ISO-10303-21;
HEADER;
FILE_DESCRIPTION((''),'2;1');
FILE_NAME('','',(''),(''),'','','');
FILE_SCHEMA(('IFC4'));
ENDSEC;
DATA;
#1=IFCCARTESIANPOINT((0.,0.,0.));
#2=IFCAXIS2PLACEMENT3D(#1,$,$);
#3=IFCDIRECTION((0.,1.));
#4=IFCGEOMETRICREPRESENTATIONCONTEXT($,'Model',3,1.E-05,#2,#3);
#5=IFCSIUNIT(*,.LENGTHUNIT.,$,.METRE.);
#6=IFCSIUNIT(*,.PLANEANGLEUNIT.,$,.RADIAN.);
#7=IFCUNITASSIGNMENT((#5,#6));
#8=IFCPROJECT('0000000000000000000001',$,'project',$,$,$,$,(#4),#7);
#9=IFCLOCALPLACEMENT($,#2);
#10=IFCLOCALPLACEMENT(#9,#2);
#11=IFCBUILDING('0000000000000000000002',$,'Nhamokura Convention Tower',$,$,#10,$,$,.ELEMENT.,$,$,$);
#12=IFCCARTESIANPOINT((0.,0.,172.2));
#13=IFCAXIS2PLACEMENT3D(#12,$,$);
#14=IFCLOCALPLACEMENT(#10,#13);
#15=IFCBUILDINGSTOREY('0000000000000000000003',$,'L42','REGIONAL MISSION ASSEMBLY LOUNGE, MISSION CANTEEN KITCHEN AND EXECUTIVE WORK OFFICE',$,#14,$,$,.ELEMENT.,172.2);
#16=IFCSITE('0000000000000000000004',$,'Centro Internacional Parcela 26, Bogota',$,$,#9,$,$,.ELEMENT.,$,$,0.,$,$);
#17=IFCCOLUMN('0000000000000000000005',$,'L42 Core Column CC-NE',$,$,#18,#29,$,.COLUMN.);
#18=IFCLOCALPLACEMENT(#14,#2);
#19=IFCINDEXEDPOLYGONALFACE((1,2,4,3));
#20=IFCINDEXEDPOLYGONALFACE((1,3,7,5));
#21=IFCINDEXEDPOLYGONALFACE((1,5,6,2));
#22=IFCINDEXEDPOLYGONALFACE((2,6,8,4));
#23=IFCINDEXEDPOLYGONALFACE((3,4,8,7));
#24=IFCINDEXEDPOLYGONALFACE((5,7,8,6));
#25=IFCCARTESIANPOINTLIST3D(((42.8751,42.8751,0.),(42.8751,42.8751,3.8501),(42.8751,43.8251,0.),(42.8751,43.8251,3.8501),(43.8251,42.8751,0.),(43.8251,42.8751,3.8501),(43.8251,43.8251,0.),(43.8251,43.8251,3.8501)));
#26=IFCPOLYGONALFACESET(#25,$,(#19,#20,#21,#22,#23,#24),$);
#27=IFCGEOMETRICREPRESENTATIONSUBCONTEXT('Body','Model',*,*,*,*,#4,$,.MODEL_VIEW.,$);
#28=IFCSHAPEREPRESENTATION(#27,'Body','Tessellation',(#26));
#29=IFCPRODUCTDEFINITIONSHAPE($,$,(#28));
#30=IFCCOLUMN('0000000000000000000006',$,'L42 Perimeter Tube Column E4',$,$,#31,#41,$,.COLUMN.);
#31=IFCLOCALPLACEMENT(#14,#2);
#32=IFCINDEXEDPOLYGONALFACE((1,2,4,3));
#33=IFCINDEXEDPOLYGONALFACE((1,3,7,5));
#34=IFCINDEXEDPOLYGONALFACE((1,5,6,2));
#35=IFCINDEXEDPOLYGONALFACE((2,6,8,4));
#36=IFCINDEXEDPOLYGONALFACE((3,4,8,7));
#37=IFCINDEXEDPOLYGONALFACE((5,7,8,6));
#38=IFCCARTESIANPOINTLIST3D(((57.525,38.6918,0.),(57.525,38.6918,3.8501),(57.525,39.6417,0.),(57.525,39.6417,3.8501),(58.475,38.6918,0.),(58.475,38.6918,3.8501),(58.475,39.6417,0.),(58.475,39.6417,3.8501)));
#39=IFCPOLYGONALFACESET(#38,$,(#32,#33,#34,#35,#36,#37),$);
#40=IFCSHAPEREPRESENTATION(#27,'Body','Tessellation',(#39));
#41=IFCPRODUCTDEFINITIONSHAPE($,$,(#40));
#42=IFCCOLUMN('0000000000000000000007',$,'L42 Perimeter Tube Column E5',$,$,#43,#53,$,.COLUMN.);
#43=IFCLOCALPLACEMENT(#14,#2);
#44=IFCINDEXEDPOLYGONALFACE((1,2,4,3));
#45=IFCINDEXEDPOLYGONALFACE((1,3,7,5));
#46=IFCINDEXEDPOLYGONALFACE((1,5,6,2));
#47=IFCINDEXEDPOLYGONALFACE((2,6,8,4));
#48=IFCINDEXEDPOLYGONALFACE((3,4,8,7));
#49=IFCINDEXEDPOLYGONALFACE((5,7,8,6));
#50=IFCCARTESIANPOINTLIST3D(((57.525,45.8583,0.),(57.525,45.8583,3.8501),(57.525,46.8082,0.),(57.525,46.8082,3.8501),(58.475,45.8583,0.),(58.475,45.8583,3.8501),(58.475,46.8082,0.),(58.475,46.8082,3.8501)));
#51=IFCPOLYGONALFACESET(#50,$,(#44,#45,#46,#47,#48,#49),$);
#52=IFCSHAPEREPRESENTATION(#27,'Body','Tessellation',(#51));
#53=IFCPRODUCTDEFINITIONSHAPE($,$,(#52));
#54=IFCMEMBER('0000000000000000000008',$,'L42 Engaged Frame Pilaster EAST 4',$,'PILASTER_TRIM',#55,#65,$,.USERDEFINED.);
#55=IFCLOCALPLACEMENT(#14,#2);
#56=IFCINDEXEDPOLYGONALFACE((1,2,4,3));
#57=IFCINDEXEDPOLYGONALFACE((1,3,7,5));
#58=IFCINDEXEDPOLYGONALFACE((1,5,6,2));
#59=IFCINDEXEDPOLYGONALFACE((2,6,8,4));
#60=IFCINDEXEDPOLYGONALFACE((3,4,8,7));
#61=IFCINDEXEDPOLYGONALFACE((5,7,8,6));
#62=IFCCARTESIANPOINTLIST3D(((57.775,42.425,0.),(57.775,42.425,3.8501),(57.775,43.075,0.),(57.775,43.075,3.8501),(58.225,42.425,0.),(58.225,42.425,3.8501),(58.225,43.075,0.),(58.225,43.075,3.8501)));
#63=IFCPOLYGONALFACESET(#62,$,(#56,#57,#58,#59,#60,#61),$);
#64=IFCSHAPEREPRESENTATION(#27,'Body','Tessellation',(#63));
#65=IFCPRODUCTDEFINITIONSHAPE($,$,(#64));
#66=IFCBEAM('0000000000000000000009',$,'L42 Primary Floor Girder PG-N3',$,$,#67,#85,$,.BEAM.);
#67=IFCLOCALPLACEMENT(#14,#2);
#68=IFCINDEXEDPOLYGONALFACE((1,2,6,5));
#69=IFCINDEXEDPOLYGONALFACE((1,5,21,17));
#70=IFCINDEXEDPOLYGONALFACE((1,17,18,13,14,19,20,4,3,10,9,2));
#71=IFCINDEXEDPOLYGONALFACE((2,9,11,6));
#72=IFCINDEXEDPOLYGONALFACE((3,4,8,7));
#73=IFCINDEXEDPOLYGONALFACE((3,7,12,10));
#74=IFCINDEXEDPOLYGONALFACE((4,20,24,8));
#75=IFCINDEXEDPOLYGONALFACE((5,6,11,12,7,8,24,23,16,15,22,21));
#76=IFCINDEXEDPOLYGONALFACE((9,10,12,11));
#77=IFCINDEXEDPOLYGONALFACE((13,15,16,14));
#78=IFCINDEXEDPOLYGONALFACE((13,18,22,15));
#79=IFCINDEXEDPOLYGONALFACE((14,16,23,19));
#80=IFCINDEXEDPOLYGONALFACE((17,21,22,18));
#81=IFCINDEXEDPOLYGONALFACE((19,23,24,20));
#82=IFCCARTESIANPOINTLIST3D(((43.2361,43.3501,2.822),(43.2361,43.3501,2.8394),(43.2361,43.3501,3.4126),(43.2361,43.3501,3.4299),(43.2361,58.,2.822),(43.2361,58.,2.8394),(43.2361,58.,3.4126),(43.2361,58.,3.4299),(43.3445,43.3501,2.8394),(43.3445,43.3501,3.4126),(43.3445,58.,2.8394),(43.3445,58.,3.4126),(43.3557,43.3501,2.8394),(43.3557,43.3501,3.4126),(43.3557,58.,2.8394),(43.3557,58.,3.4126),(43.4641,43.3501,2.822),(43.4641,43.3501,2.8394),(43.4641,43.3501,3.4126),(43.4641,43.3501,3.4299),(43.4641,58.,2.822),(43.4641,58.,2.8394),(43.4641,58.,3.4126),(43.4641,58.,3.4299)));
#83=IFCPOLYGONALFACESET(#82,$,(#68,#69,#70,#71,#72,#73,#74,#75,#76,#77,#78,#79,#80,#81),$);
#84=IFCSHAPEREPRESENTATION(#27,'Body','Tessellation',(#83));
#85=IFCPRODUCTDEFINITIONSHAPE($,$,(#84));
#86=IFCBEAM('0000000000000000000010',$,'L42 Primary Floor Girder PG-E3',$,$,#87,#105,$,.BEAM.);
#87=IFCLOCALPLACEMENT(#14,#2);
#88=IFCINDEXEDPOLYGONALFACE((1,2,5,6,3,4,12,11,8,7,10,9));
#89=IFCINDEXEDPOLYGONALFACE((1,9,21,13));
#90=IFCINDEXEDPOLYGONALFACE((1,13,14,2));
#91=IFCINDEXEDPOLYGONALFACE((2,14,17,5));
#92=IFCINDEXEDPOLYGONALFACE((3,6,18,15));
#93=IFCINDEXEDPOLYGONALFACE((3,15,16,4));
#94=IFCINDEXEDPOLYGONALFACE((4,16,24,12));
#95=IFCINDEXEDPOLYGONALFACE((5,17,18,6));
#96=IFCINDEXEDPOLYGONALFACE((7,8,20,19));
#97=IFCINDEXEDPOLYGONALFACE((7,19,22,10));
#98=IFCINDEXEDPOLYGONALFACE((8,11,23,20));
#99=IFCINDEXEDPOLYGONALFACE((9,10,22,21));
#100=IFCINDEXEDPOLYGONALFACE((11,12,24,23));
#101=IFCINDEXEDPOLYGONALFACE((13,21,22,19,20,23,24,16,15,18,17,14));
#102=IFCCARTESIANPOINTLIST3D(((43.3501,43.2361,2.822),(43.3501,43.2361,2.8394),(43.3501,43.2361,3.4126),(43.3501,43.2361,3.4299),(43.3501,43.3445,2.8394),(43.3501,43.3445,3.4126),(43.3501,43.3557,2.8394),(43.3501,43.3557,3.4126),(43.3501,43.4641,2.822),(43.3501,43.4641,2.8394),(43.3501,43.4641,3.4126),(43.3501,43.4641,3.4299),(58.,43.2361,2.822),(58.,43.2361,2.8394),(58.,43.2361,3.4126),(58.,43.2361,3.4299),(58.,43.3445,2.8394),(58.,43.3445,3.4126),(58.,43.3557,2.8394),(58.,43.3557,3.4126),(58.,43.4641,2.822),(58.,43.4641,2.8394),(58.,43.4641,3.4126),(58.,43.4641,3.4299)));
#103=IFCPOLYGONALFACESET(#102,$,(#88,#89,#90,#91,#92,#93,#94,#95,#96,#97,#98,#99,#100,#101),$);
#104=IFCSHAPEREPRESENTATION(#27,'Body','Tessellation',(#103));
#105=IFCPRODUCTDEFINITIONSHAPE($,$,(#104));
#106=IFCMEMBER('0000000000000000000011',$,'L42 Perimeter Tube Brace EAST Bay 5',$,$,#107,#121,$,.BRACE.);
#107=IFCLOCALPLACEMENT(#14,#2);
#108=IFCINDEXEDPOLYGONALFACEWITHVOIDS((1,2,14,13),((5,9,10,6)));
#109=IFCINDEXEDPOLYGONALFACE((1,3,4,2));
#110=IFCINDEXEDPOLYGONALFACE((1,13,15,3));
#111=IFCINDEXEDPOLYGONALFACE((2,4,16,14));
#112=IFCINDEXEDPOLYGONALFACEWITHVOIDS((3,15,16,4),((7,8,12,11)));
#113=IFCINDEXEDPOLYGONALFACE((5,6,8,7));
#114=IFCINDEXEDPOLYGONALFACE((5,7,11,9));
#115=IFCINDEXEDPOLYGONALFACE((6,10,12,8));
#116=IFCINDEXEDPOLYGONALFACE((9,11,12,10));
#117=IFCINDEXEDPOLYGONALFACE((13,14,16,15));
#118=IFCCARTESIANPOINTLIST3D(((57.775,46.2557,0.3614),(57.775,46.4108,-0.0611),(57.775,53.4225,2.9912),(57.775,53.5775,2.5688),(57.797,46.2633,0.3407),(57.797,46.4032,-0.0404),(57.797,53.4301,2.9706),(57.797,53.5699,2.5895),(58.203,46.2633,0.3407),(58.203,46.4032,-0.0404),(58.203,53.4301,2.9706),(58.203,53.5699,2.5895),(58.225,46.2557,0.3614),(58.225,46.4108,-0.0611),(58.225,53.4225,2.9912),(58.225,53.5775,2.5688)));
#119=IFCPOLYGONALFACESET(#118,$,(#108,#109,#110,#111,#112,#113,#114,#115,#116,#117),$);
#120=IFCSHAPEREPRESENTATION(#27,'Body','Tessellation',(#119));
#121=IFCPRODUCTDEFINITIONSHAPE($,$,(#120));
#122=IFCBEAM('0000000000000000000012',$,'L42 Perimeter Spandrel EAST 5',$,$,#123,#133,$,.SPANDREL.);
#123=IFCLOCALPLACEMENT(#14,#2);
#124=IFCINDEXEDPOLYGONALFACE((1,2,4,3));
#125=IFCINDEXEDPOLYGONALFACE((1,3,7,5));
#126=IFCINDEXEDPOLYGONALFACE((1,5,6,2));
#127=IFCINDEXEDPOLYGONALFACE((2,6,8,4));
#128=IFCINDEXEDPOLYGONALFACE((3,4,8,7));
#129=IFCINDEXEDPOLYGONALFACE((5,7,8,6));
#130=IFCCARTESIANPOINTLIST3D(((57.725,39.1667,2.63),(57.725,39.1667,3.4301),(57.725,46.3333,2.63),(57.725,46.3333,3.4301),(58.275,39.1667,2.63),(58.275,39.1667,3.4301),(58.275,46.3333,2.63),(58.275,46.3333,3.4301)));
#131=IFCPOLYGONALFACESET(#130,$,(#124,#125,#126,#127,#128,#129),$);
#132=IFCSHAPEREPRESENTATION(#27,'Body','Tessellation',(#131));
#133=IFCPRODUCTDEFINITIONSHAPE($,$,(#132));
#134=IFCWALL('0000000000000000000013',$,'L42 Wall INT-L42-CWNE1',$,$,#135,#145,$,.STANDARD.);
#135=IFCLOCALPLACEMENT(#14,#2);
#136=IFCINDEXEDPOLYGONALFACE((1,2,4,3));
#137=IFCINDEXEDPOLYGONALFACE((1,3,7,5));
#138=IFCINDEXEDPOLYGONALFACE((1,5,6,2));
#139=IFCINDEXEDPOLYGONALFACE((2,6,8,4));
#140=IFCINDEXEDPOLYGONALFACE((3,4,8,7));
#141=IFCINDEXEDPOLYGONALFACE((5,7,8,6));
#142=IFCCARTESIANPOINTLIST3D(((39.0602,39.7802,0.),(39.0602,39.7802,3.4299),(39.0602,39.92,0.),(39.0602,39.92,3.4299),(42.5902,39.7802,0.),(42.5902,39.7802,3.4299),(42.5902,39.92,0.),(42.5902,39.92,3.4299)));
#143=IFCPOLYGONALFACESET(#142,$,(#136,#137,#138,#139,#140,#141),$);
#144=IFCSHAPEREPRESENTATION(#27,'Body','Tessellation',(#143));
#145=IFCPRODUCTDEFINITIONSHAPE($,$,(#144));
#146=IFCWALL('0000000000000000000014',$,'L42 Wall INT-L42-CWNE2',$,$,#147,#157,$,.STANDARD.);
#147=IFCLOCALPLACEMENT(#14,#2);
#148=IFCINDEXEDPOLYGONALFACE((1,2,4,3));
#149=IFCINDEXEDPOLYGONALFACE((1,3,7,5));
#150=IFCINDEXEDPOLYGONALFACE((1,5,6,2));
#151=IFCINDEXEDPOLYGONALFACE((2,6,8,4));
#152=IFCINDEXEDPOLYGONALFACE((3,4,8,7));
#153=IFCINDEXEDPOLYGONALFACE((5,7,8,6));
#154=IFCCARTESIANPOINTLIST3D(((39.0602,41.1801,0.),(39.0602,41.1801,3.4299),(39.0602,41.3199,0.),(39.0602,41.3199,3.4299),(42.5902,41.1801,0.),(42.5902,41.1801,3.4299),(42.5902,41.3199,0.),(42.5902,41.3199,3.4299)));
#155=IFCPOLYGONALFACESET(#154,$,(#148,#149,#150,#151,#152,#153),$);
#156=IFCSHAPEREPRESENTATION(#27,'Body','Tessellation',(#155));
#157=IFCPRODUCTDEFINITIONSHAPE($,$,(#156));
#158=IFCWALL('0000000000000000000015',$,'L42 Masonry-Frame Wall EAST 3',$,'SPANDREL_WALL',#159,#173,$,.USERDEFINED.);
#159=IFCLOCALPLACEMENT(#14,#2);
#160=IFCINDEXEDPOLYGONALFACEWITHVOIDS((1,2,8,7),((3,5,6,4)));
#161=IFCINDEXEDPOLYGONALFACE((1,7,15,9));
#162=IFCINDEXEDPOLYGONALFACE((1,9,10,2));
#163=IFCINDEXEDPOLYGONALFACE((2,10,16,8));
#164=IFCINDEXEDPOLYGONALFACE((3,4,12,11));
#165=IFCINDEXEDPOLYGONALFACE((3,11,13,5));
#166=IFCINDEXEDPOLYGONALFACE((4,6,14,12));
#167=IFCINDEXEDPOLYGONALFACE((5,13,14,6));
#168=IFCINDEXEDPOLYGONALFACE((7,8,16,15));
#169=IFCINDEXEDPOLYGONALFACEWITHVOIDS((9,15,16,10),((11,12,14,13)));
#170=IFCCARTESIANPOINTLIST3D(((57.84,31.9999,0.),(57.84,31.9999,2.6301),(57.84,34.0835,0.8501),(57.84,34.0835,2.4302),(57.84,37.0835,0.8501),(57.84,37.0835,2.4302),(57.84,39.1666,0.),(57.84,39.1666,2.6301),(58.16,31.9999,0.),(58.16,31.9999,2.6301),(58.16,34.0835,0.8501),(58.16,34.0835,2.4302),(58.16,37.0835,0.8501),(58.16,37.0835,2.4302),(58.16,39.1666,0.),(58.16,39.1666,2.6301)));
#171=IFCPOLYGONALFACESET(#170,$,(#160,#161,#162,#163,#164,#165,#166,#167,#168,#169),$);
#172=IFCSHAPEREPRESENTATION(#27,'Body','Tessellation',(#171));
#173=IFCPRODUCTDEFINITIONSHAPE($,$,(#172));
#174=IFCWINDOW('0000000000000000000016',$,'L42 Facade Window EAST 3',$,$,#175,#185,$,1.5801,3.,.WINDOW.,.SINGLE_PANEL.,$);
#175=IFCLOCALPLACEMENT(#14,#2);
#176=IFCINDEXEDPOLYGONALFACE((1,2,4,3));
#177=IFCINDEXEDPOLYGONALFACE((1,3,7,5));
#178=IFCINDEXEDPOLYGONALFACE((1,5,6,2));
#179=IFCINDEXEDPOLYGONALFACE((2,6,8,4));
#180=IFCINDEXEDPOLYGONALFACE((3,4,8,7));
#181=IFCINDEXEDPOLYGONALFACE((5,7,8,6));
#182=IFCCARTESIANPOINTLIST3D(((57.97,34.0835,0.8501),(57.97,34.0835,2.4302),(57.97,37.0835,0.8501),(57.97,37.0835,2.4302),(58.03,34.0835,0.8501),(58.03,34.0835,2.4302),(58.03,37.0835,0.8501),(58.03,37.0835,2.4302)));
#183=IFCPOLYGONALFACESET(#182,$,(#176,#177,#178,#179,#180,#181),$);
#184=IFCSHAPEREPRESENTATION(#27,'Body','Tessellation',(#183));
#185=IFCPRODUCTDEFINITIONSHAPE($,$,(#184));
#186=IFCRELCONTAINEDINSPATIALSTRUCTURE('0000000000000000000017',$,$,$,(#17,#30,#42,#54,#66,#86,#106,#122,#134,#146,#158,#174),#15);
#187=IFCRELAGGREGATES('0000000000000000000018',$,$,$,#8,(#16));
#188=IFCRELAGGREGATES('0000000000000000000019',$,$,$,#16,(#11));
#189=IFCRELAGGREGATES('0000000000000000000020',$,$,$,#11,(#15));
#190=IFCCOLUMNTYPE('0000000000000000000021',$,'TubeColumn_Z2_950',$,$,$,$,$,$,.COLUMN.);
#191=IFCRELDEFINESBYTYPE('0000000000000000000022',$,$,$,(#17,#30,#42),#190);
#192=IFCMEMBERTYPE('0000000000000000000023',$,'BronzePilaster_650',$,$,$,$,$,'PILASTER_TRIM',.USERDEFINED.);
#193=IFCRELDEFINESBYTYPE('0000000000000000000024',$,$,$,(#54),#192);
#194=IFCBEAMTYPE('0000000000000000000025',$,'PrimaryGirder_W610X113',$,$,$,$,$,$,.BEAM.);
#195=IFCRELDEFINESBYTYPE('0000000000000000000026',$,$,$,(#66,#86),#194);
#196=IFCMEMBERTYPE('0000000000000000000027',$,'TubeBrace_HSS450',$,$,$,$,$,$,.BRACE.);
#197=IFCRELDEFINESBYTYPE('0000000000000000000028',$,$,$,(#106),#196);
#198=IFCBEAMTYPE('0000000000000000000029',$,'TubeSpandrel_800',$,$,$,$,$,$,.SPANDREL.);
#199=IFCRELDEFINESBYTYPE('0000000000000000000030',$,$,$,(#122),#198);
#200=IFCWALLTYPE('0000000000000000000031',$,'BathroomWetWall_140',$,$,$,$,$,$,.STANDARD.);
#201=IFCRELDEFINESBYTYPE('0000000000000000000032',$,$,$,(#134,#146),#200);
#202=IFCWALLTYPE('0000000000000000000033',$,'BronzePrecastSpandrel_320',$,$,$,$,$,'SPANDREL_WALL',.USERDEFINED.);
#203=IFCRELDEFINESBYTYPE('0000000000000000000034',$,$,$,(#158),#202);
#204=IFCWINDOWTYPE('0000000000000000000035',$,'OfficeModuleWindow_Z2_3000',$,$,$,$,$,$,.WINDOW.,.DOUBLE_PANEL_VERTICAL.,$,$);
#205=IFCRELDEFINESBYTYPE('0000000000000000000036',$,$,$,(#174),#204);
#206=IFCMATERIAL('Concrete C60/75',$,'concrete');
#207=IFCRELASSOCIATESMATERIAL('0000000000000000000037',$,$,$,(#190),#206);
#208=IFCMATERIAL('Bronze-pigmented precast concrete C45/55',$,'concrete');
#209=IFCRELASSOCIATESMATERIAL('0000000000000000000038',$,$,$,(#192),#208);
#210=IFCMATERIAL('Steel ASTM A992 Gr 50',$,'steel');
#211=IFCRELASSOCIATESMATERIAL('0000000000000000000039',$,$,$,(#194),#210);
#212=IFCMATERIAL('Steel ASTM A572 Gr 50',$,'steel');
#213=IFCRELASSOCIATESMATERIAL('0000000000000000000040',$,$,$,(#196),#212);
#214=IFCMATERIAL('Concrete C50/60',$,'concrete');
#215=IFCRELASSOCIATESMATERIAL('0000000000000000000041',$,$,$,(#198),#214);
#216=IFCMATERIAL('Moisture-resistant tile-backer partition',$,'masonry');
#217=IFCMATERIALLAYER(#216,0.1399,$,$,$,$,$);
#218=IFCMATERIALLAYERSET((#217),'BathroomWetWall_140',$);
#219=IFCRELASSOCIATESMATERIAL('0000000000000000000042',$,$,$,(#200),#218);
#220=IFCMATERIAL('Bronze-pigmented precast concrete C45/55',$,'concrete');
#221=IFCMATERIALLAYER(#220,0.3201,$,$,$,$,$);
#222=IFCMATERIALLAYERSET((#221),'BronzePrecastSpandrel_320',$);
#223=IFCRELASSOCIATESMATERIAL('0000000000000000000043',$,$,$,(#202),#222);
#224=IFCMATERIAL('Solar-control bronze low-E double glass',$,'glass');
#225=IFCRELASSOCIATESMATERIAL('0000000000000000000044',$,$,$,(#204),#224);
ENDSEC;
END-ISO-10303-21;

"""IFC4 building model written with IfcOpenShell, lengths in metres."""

from ifc_helpers import new_model, si_unit, direction, frame, frame_2d, origin, origin_2d, place, context, subcontext, project, spatial, rectangle, hollow_rectangle, i_section, extrude, material, layer, layer_set, material_profile, profile_set, type_object, element, fill, save


model = new_model("IFC4")

# Units and contexts
model_context = context("Model", 3, precision=1e-05, world=origin(), true_north=direction((0.0, 1.0)))
body_context = subcontext(model_context, "Body", "Model", "MODEL_VIEW")
ifc_project = project(units=[si_unit("LENGTHUNIT", "METRE"), si_unit("PLANEANGLEUNIT", "RADIAN")], contexts=[model_context])

# Site, building, storey
site_placement = place(None, origin())
site = spatial("IfcSite", under=ifc_project, at=site_placement, Name="Centro Internacional Parcela 26, Bogota", CompositionType="ELEMENT", RefElevation=0.0)
building_placement = place(site_placement, origin())
building = spatial("IfcBuilding", under=site, at=building_placement, Name="Nhamokura Convention Tower", CompositionType="ELEMENT")
storey_placement = place(building_placement, frame((0.0, 0.0, 172.2)))
storey = spatial("IfcBuildingStorey", under=building, at=storey_placement, Name="L42", Description="REGIONAL MISSION ASSEMBLY LOUNGE, MISSION CANTEEN KITCHEN AND EXECUTIVE WORK OFFICE", CompositionType="ELEMENT", Elevation=172.2)

# Columns
ifc_material_1 = material(Name="Concrete C60/75", Category="concrete")
ifc_material_profile_1 = material_profile(ifc_material_1, rectangle(XDim=0.95, YDim=0.95, at=origin_2d()))
ifc_profile_set_1 = profile_set([ifc_material_profile_1], Name="Concrete C60/75")
column_type = type_object("IfcColumnType", Name="TubeColumn_Z2_950", PredefinedType="COLUMN", material=ifc_profile_set_1)
for number, where, z_axis, x_axis, name in (
    (1, (43.3501, 43.3501, 0.0), (0.0, 0.0, 1.0), (1.0, 0.0, 0.0), "L42 Core Column CC-NE"),
    (2, (58.0, 39.1667, 0.0), (0.0, 0.0, 1.0), (1.0, 0.0, 0.0), "L42 Perimeter Tube Column E4"),
    (3, (58.0, 46.3333, 0.0), (0.0, 0.0, 1.0), (1.0, 0.0, 0.0), "L42 Perimeter Tube Column E5"),
):
    element("IfcColumn", number, at=place(storey_placement, frame(where, z_axis=z_axis, x_axis=x_axis)), inside=storey, type_object=column_type, Name=name, PredefinedType="COLUMN", context=body_context, shape_type="SweptSolid", body=[
        extrude(rectangle(XDim=0.95, YDim=0.95, at=origin_2d()), origin(), (0.0, 0.0, 1.0), 3.8501),
    ])

# Member
ifc_material_2 = material(Name="Bronze-pigmented precast concrete C45/55", Category="concrete")
ifc_material_profile_2 = material_profile(ifc_material_2, rectangle(XDim=0.45, YDim=0.6499, at=origin_2d()))
ifc_profile_set_2 = profile_set([ifc_material_profile_2], Name="Bronze-pigmented precast concrete C45/55")
member_type_1 = type_object("IfcMemberType", Name="BronzePilaster_650", ElementType="PILASTER_TRIM", PredefinedType="USERDEFINED", material=ifc_profile_set_2)
member_1_placement = place(storey_placement, frame((58.0, 42.75, 0.0), z_axis=(0.0, 0.0, 1.0), x_axis=(1.0, 0.0, 0.0)))
element("IfcMember", 4, at=member_1_placement, inside=storey, type_object=member_type_1, Name="L42 Engaged Frame Pilaster EAST 4", ObjectType="PILASTER_TRIM", PredefinedType="USERDEFINED", context=body_context, shape_type="SweptSolid", body=[
    extrude(rectangle(XDim=0.45, YDim=0.6499, at=origin_2d()), origin(), (0.0, 0.0, 1.0), 3.8501),
])

# Beams
ifc_material_3 = material(Name="Steel ASTM A992 Gr 50", Category="steel")
ifc_material_profile_3 = material_profile(ifc_material_3, i_section(OverallWidth=0.228, OverallDepth=0.6079, WebThickness=0.0112, FlangeThickness=0.0173, at=origin_2d()))
ifc_profile_set_3 = profile_set([ifc_material_profile_3], Name="Steel ASTM A992 Gr 50")
beam_type_1 = type_object("IfcBeamType", Name="PrimaryGirder_W610X113", PredefinedType="BEAM", material=ifc_profile_set_3)
for number, where, z_axis, x_axis, name in (
    (5, (43.3501, 43.3501, 3.126), (0.0, 1.0, 0.0), (-1.0, 0.0, 0.0), "L42 Primary Floor Girder PG-N3"),
    (6, (43.3501, 43.3501, 3.126), (1.0, 0.0, 0.0), (0.0, 1.0, 0.0), "L42 Primary Floor Girder PG-E3"),
):
    element("IfcBeam", number, at=place(storey_placement, frame(where, z_axis=z_axis, x_axis=x_axis)), inside=storey, type_object=beam_type_1, Name=name, PredefinedType="BEAM", context=body_context, shape_type="SweptSolid", body=[
        extrude(i_section(OverallWidth=0.228, OverallDepth=0.6079, WebThickness=0.0112, FlangeThickness=0.0173, at=origin_2d()), origin(), (0.0, 0.0, 1.0), 14.6499),
    ])

# Member
ifc_material_4 = material(Name="Steel ASTM A572 Gr 50", Category="steel")
ifc_material_profile_4 = material_profile(ifc_material_4, hollow_rectangle(XDim=0.45, YDim=0.45, WallThickness=0.022, at=origin_2d()))
ifc_profile_set_4 = profile_set([ifc_material_profile_4], Name="Steel ASTM A572 Gr 50")
member_type_2 = type_object("IfcMemberType", Name="TubeBrace_HSS450", PredefinedType="BRACE", material=ifc_profile_set_4)
member_2_placement = place(storey_placement, frame((58.0, 46.3333, 0.1501), z_axis=(0.0, 0.938788, 0.344494), x_axis=(-1.0, 0.0, 0.0)))
element("IfcMember", 7, at=member_2_placement, inside=storey, type_object=member_type_2, Name="L42 Perimeter Tube Brace EAST Bay 5", PredefinedType="BRACE", context=body_context, shape_type="SweptSolid", body=[
    extrude(hollow_rectangle(XDim=0.45, YDim=0.45, WallThickness=0.022, at=origin_2d()), origin(), (0.0, 0.0, 1.0), 7.634),
])

# Beam
ifc_material_5 = material(Name="Concrete C50/60", Category="concrete")
ifc_material_profile_5 = material_profile(ifc_material_5, rectangle(XDim=0.55, YDim=0.8, at=origin_2d()))
ifc_profile_set_5 = profile_set([ifc_material_profile_5], Name="Concrete C50/60")
beam_type_2 = type_object("IfcBeamType", Name="TubeSpandrel_800", PredefinedType="SPANDREL", material=ifc_profile_set_5)
beam_placement = place(storey_placement, frame((58.0, 39.1667, 3.03), z_axis=(0.0, 1.0, 0.0), x_axis=(-1.0, 0.0, 0.0)))
element("IfcBeam", 8, at=beam_placement, inside=storey, type_object=beam_type_2, Name="L42 Perimeter Spandrel EAST 5", PredefinedType="SPANDREL", context=body_context, shape_type="SweptSolid", body=[
    extrude(rectangle(XDim=0.55, YDim=0.8, at=origin_2d()), origin(), (0.0, 0.0, 1.0), 7.1665),
])

# Walls
ifc_material_6 = material(Name="Moisture-resistant tile-backer partition", Category="masonry")
ifc_layer_1 = layer(ifc_material_6, 0.1399)
ifc_layer_set_1 = layer_set([ifc_layer_1], Name="BathroomWetWall_140")
wall_type_1 = type_object("IfcWallType", Name="BathroomWetWall_140", PredefinedType="STANDARD", material=ifc_layer_set_1)
for number, where, z_axis, x_axis, name in (
    (9, (39.0601, 39.8501, 0.0), (0.0, 0.0, 1.0), (1.0, 0.0, 0.0), "L42 Wall INT-L42-CWNE1"),
    (10, (39.0601, 41.25, 0.0), (0.0, 0.0, 1.0), (1.0, 0.0, 0.0), "L42 Wall INT-L42-CWNE2"),
):
    element("IfcWall", number, at=place(storey_placement, frame(where, z_axis=z_axis, x_axis=x_axis)), inside=storey, type_object=wall_type_1, Name=name, PredefinedType="STANDARD", context=body_context, shape_type="SweptSolid", body=[
        extrude(rectangle(XDim=3.53, YDim=0.1399, at=frame_2d((1.7651, 0.0))), origin(), (0.0, 0.0, 1.0), 3.4299),
    ])

# Wall, opening, window
ifc_material_7 = material(Name="Bronze-pigmented precast concrete C45/55", Category="concrete")
ifc_layer_2 = layer(ifc_material_7, 0.3201)
ifc_layer_set_2 = layer_set([ifc_layer_2], Name="BronzePrecastSpandrel_320")
wall_type_2 = type_object("IfcWallType", Name="BronzePrecastSpandrel_320", ElementType="SPANDREL_WALL", PredefinedType="USERDEFINED", material=ifc_layer_set_2)
wall_1_placement = place(storey_placement, frame((58.0, 39.1667, 0.0), z_axis=(0.0, 0.0, 1.0), x_axis=(0.0, -1.0, 0.0)))
wall_1 = element("IfcWall", 11, at=wall_1_placement, inside=storey, type_object=wall_type_2, Name="L42 Masonry-Frame Wall EAST 3", ObjectType="SPANDREL_WALL", PredefinedType="USERDEFINED", context=body_context, shape_type="SweptSolid", body=[
    extrude(rectangle(XDim=7.1667, YDim=0.3201, at=frame_2d((3.5835, 0.0))), origin(), (0.0, 0.0, 1.0), 2.6301),
])
opening_1_placement = place(wall_1_placement, frame((2.0833, 0.0, 0.8501)))
opening_1 = element("IfcOpeningElement", 12, at=opening_1_placement, cuts=wall_1, PredefinedType="OPENING", context=body_context, shape_type="SweptSolid", body=[
    extrude(rectangle(XDim=3.0, YDim=1.5801, at=frame_2d((1.5, 0.79))), frame((0.0, 0.1699, 0.0), z_axis=(0.0, -1.0, 0.0), x_axis=(1.0, 0.0, 0.0)), (0.0, 0.0, 1.0), 0.3401),
])
ifc_material_8 = material(Name="Solar-control bronze low-E double glass", Category="glass")
window_type = type_object("IfcWindowType", Name="OfficeModuleWindow_Z2_3000", PartitioningType="DOUBLE_PANEL_VERTICAL", PredefinedType="WINDOW", material=ifc_material_8)
window_placement = place(opening_1_placement, origin())
window = element("IfcWindow", 13, at=window_placement, inside=storey, type_object=window_type, Name="L42 Facade Window EAST 3", OverallHeight=1.5801, OverallWidth=3.0, PartitioningType="SINGLE_PANEL", PredefinedType="WINDOW", context=body_context, shape_type="SweptSolid", body=[
    extrude(rectangle(XDim=3.0, YDim=1.5801, at=frame_2d((1.5, 0.79))), frame((0.0, 0.03, 0.0), z_axis=(0.0, -1.0, 0.0), x_axis=(1.0, 0.0, 0.0)), (0.0, 0.0, 1.0), 0.0601),
])
fill(opening_1, window)

save(model, "model.ifc")
